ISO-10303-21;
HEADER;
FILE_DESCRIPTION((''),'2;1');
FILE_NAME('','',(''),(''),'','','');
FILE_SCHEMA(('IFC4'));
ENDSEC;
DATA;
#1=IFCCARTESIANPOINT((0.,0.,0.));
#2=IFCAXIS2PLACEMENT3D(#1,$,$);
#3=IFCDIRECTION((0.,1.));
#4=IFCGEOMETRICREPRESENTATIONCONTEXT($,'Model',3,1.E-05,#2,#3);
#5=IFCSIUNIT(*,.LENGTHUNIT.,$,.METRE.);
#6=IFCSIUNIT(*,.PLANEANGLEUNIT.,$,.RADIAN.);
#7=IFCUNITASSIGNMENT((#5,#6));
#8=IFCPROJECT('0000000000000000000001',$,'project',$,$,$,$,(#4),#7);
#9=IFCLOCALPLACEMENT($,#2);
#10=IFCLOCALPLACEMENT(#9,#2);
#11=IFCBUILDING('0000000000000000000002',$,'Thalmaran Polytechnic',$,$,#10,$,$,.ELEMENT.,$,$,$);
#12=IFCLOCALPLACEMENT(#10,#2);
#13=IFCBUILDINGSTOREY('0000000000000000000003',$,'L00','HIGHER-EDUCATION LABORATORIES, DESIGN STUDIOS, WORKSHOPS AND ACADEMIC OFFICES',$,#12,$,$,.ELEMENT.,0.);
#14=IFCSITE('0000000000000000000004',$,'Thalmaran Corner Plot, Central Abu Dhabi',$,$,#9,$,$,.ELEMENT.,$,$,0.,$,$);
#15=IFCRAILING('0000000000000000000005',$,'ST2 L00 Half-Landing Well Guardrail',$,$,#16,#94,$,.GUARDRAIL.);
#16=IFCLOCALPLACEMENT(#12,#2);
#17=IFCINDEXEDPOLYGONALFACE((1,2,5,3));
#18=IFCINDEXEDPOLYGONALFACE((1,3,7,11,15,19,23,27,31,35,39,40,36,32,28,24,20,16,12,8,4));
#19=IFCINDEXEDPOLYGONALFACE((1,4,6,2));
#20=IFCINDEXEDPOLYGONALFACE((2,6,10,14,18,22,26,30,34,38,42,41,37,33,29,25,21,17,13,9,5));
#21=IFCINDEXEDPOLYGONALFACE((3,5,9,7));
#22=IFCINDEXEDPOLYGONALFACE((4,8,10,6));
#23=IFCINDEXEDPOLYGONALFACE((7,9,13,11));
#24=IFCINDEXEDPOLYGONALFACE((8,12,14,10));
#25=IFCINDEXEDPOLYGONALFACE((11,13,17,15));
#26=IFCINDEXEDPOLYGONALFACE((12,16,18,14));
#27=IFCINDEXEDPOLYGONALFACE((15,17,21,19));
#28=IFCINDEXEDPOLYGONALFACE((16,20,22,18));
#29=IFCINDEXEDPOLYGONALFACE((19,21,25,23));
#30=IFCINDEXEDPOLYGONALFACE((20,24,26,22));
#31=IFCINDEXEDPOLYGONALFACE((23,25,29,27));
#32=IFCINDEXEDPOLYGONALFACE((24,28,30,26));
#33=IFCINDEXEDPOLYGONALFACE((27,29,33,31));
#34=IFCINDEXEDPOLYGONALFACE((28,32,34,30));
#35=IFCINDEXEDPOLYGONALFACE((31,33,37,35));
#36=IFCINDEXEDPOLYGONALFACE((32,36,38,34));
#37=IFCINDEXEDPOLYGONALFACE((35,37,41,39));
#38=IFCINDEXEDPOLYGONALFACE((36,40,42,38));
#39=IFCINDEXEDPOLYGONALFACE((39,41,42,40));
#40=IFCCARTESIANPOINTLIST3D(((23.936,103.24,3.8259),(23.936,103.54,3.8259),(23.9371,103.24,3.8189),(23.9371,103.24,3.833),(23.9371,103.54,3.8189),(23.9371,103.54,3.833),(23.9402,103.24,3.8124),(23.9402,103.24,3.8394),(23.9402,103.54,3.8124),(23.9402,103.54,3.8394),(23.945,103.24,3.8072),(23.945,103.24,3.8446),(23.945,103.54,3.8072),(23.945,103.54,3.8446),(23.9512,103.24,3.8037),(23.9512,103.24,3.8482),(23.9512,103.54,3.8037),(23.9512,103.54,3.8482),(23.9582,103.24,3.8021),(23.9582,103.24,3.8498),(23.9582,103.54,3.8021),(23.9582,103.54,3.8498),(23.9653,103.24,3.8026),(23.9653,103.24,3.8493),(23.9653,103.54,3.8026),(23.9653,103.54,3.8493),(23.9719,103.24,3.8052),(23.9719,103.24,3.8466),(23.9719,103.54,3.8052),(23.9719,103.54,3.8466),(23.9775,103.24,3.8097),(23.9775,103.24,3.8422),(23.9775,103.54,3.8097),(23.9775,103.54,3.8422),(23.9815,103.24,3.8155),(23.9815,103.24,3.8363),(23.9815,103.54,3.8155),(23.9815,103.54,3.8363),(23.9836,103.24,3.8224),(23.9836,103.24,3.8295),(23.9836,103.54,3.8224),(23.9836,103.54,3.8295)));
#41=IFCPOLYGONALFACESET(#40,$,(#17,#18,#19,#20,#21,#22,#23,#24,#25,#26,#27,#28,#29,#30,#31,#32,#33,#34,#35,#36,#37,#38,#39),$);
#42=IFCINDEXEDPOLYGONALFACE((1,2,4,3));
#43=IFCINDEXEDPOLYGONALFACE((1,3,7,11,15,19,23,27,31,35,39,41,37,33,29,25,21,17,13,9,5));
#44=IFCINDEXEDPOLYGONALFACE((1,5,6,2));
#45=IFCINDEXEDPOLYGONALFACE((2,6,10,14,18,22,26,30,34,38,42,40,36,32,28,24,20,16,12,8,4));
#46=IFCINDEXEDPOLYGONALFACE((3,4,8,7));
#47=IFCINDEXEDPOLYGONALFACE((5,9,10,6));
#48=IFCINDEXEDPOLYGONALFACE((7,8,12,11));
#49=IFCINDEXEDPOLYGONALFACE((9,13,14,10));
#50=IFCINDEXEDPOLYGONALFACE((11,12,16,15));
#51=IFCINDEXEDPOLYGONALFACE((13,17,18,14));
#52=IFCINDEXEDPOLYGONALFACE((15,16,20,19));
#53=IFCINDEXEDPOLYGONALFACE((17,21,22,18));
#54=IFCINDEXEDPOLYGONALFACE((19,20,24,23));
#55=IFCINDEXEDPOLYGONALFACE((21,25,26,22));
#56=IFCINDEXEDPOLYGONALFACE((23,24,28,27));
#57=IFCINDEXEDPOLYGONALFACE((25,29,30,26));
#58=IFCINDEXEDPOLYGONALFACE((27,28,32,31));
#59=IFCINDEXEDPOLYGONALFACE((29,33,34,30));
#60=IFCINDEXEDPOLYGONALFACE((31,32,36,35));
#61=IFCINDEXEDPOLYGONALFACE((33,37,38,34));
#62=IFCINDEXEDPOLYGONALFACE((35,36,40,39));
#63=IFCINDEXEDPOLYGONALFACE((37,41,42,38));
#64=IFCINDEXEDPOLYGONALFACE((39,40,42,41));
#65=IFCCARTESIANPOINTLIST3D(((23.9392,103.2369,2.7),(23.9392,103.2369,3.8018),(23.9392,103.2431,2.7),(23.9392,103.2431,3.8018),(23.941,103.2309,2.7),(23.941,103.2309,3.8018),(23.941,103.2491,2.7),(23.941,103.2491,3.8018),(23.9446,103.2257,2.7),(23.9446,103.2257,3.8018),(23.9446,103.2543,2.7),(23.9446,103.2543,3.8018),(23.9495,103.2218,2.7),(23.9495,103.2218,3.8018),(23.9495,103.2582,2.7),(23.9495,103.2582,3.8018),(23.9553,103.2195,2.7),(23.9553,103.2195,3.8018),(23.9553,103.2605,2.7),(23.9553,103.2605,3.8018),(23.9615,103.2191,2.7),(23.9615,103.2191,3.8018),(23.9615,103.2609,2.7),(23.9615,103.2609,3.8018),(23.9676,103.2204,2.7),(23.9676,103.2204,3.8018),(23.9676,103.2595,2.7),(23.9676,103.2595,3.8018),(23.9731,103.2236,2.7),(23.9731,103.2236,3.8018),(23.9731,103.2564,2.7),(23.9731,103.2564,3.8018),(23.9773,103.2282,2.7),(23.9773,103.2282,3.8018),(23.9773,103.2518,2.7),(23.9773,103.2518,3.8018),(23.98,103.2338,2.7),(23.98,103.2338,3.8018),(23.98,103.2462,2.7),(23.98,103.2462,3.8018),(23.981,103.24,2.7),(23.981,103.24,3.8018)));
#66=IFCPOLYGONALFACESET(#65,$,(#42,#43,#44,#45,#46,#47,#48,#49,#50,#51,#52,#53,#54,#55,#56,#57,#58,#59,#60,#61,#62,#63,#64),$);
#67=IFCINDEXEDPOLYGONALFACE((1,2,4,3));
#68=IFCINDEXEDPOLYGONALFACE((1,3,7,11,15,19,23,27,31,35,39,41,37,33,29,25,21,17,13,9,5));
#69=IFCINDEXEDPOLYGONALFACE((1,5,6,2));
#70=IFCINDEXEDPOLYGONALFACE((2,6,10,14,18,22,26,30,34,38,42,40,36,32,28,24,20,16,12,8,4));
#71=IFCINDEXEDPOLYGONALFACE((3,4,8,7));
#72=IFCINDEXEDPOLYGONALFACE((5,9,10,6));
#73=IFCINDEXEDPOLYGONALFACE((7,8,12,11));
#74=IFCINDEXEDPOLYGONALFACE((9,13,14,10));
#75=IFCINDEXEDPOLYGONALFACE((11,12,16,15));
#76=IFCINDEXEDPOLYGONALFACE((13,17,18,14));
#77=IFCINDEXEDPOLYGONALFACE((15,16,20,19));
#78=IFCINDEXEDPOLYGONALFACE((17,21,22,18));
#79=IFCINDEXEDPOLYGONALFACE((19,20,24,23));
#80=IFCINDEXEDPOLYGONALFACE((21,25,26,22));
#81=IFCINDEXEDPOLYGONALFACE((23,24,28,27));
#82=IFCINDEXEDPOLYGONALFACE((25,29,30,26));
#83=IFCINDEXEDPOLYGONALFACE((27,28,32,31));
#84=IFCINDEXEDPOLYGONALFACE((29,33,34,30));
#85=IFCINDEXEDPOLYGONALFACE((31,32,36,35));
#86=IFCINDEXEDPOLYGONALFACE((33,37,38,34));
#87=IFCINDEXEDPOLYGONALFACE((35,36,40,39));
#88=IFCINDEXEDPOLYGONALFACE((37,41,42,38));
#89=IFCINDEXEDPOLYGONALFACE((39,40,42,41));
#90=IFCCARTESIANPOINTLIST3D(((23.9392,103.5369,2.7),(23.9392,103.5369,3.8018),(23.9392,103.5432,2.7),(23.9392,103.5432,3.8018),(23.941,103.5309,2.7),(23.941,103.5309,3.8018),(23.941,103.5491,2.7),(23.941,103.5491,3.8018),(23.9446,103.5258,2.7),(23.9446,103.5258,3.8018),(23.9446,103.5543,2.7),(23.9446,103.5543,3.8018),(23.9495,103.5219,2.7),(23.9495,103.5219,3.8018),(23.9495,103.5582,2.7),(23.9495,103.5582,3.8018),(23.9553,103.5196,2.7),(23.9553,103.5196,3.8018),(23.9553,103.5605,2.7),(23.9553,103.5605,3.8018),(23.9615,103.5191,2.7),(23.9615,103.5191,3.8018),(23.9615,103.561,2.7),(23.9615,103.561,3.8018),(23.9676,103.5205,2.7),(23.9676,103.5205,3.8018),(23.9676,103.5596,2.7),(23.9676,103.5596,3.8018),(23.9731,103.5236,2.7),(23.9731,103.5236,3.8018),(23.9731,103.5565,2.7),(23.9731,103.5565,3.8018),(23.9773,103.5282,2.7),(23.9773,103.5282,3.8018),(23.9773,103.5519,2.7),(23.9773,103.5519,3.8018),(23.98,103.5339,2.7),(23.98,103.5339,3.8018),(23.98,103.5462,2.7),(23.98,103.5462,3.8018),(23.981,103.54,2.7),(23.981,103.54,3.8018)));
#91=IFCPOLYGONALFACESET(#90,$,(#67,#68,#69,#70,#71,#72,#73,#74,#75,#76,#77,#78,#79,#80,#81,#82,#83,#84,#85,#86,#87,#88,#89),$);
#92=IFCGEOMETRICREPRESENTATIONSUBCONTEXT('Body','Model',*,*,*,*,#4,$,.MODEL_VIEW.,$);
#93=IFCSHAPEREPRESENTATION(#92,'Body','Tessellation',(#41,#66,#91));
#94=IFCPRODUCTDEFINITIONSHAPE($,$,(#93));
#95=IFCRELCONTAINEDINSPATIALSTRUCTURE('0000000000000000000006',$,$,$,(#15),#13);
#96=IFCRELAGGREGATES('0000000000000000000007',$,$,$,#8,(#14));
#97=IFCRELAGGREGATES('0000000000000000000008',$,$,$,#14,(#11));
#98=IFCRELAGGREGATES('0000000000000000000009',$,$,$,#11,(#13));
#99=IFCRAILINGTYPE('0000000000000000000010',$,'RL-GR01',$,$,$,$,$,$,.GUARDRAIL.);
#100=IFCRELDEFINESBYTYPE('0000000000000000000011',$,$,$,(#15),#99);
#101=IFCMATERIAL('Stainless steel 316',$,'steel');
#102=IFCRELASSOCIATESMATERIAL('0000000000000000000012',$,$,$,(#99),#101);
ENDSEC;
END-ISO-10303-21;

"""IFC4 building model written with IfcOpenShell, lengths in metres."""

from ifc_helpers import new_model, si_unit, direction, frame, origin, origin_2d, place, context, subcontext, project, spatial, circle, extrude, material, type_object, element, save


model = new_model("IFC4")

# Units and contexts
model_context = context("Model", 3, precision=1e-05, world=origin(), true_north=direction((0.0, 1.0)))
body_context = subcontext(model_context, "Body", "Model", "MODEL_VIEW")
ifc_project = project(units=[si_unit("LENGTHUNIT", "METRE"), si_unit("PLANEANGLEUNIT", "RADIAN")], contexts=[model_context])

# Site, building, storey
site_placement = place(None, origin())
site = spatial("IfcSite", under=ifc_project, at=site_placement, Name="Thalmaran Corner Plot, Central Abu Dhabi", CompositionType="ELEMENT", RefElevation=0.0)
building_placement = place(site_placement, origin())
building = spatial("IfcBuilding", under=site, at=building_placement, Name="Thalmaran Polytechnic", CompositionType="ELEMENT")
storey_placement = place(building_placement, origin())
storey = spatial("IfcBuildingStorey", under=building, at=storey_placement, Name="L00", Description="HIGHER-EDUCATION LABORATORIES, DESIGN STUDIOS, WORKSHOPS AND ACADEMIC OFFICES", CompositionType="ELEMENT", Elevation=0.0)

# Railing
ifc_material_1 = material(Name="Stainless steel 316", Category="steel")
railing_type_1 = type_object("IfcRailingType", Name="RL-GR01", PredefinedType="GUARDRAIL", material=ifc_material_1)
railing_1_placement = place(storey_placement, frame((23.96, 103.24, 2.7)))
element("IfcRailing", 1, at=railing_1_placement, inside=storey, type_object=railing_type_1, Name="ST2 L00 Half-Landing Well Guardrail", PredefinedType="GUARDRAIL", context=body_context, shape_type="SweptSolid", body=[
    extrude(circle(Radius=0.0239, at=origin_2d()), frame((0.0, 0.0, 1.126), z_axis=(0.0, 1.0, 0.0), x_axis=(-1.0, 0.0, 0.0)), (0.0, 0.0, 1.0), 0.3),
    extrude(circle(Radius=0.021, at=origin_2d()), origin(), (0.0, 0.0, 1.0), 1.1018),
    extrude(circle(Radius=0.021, at=origin_2d()), frame((0.0, 0.3, 0.0)), (0.0, 0.0, 1.0), 1.1018),
])

save(model, "model.ifc")
